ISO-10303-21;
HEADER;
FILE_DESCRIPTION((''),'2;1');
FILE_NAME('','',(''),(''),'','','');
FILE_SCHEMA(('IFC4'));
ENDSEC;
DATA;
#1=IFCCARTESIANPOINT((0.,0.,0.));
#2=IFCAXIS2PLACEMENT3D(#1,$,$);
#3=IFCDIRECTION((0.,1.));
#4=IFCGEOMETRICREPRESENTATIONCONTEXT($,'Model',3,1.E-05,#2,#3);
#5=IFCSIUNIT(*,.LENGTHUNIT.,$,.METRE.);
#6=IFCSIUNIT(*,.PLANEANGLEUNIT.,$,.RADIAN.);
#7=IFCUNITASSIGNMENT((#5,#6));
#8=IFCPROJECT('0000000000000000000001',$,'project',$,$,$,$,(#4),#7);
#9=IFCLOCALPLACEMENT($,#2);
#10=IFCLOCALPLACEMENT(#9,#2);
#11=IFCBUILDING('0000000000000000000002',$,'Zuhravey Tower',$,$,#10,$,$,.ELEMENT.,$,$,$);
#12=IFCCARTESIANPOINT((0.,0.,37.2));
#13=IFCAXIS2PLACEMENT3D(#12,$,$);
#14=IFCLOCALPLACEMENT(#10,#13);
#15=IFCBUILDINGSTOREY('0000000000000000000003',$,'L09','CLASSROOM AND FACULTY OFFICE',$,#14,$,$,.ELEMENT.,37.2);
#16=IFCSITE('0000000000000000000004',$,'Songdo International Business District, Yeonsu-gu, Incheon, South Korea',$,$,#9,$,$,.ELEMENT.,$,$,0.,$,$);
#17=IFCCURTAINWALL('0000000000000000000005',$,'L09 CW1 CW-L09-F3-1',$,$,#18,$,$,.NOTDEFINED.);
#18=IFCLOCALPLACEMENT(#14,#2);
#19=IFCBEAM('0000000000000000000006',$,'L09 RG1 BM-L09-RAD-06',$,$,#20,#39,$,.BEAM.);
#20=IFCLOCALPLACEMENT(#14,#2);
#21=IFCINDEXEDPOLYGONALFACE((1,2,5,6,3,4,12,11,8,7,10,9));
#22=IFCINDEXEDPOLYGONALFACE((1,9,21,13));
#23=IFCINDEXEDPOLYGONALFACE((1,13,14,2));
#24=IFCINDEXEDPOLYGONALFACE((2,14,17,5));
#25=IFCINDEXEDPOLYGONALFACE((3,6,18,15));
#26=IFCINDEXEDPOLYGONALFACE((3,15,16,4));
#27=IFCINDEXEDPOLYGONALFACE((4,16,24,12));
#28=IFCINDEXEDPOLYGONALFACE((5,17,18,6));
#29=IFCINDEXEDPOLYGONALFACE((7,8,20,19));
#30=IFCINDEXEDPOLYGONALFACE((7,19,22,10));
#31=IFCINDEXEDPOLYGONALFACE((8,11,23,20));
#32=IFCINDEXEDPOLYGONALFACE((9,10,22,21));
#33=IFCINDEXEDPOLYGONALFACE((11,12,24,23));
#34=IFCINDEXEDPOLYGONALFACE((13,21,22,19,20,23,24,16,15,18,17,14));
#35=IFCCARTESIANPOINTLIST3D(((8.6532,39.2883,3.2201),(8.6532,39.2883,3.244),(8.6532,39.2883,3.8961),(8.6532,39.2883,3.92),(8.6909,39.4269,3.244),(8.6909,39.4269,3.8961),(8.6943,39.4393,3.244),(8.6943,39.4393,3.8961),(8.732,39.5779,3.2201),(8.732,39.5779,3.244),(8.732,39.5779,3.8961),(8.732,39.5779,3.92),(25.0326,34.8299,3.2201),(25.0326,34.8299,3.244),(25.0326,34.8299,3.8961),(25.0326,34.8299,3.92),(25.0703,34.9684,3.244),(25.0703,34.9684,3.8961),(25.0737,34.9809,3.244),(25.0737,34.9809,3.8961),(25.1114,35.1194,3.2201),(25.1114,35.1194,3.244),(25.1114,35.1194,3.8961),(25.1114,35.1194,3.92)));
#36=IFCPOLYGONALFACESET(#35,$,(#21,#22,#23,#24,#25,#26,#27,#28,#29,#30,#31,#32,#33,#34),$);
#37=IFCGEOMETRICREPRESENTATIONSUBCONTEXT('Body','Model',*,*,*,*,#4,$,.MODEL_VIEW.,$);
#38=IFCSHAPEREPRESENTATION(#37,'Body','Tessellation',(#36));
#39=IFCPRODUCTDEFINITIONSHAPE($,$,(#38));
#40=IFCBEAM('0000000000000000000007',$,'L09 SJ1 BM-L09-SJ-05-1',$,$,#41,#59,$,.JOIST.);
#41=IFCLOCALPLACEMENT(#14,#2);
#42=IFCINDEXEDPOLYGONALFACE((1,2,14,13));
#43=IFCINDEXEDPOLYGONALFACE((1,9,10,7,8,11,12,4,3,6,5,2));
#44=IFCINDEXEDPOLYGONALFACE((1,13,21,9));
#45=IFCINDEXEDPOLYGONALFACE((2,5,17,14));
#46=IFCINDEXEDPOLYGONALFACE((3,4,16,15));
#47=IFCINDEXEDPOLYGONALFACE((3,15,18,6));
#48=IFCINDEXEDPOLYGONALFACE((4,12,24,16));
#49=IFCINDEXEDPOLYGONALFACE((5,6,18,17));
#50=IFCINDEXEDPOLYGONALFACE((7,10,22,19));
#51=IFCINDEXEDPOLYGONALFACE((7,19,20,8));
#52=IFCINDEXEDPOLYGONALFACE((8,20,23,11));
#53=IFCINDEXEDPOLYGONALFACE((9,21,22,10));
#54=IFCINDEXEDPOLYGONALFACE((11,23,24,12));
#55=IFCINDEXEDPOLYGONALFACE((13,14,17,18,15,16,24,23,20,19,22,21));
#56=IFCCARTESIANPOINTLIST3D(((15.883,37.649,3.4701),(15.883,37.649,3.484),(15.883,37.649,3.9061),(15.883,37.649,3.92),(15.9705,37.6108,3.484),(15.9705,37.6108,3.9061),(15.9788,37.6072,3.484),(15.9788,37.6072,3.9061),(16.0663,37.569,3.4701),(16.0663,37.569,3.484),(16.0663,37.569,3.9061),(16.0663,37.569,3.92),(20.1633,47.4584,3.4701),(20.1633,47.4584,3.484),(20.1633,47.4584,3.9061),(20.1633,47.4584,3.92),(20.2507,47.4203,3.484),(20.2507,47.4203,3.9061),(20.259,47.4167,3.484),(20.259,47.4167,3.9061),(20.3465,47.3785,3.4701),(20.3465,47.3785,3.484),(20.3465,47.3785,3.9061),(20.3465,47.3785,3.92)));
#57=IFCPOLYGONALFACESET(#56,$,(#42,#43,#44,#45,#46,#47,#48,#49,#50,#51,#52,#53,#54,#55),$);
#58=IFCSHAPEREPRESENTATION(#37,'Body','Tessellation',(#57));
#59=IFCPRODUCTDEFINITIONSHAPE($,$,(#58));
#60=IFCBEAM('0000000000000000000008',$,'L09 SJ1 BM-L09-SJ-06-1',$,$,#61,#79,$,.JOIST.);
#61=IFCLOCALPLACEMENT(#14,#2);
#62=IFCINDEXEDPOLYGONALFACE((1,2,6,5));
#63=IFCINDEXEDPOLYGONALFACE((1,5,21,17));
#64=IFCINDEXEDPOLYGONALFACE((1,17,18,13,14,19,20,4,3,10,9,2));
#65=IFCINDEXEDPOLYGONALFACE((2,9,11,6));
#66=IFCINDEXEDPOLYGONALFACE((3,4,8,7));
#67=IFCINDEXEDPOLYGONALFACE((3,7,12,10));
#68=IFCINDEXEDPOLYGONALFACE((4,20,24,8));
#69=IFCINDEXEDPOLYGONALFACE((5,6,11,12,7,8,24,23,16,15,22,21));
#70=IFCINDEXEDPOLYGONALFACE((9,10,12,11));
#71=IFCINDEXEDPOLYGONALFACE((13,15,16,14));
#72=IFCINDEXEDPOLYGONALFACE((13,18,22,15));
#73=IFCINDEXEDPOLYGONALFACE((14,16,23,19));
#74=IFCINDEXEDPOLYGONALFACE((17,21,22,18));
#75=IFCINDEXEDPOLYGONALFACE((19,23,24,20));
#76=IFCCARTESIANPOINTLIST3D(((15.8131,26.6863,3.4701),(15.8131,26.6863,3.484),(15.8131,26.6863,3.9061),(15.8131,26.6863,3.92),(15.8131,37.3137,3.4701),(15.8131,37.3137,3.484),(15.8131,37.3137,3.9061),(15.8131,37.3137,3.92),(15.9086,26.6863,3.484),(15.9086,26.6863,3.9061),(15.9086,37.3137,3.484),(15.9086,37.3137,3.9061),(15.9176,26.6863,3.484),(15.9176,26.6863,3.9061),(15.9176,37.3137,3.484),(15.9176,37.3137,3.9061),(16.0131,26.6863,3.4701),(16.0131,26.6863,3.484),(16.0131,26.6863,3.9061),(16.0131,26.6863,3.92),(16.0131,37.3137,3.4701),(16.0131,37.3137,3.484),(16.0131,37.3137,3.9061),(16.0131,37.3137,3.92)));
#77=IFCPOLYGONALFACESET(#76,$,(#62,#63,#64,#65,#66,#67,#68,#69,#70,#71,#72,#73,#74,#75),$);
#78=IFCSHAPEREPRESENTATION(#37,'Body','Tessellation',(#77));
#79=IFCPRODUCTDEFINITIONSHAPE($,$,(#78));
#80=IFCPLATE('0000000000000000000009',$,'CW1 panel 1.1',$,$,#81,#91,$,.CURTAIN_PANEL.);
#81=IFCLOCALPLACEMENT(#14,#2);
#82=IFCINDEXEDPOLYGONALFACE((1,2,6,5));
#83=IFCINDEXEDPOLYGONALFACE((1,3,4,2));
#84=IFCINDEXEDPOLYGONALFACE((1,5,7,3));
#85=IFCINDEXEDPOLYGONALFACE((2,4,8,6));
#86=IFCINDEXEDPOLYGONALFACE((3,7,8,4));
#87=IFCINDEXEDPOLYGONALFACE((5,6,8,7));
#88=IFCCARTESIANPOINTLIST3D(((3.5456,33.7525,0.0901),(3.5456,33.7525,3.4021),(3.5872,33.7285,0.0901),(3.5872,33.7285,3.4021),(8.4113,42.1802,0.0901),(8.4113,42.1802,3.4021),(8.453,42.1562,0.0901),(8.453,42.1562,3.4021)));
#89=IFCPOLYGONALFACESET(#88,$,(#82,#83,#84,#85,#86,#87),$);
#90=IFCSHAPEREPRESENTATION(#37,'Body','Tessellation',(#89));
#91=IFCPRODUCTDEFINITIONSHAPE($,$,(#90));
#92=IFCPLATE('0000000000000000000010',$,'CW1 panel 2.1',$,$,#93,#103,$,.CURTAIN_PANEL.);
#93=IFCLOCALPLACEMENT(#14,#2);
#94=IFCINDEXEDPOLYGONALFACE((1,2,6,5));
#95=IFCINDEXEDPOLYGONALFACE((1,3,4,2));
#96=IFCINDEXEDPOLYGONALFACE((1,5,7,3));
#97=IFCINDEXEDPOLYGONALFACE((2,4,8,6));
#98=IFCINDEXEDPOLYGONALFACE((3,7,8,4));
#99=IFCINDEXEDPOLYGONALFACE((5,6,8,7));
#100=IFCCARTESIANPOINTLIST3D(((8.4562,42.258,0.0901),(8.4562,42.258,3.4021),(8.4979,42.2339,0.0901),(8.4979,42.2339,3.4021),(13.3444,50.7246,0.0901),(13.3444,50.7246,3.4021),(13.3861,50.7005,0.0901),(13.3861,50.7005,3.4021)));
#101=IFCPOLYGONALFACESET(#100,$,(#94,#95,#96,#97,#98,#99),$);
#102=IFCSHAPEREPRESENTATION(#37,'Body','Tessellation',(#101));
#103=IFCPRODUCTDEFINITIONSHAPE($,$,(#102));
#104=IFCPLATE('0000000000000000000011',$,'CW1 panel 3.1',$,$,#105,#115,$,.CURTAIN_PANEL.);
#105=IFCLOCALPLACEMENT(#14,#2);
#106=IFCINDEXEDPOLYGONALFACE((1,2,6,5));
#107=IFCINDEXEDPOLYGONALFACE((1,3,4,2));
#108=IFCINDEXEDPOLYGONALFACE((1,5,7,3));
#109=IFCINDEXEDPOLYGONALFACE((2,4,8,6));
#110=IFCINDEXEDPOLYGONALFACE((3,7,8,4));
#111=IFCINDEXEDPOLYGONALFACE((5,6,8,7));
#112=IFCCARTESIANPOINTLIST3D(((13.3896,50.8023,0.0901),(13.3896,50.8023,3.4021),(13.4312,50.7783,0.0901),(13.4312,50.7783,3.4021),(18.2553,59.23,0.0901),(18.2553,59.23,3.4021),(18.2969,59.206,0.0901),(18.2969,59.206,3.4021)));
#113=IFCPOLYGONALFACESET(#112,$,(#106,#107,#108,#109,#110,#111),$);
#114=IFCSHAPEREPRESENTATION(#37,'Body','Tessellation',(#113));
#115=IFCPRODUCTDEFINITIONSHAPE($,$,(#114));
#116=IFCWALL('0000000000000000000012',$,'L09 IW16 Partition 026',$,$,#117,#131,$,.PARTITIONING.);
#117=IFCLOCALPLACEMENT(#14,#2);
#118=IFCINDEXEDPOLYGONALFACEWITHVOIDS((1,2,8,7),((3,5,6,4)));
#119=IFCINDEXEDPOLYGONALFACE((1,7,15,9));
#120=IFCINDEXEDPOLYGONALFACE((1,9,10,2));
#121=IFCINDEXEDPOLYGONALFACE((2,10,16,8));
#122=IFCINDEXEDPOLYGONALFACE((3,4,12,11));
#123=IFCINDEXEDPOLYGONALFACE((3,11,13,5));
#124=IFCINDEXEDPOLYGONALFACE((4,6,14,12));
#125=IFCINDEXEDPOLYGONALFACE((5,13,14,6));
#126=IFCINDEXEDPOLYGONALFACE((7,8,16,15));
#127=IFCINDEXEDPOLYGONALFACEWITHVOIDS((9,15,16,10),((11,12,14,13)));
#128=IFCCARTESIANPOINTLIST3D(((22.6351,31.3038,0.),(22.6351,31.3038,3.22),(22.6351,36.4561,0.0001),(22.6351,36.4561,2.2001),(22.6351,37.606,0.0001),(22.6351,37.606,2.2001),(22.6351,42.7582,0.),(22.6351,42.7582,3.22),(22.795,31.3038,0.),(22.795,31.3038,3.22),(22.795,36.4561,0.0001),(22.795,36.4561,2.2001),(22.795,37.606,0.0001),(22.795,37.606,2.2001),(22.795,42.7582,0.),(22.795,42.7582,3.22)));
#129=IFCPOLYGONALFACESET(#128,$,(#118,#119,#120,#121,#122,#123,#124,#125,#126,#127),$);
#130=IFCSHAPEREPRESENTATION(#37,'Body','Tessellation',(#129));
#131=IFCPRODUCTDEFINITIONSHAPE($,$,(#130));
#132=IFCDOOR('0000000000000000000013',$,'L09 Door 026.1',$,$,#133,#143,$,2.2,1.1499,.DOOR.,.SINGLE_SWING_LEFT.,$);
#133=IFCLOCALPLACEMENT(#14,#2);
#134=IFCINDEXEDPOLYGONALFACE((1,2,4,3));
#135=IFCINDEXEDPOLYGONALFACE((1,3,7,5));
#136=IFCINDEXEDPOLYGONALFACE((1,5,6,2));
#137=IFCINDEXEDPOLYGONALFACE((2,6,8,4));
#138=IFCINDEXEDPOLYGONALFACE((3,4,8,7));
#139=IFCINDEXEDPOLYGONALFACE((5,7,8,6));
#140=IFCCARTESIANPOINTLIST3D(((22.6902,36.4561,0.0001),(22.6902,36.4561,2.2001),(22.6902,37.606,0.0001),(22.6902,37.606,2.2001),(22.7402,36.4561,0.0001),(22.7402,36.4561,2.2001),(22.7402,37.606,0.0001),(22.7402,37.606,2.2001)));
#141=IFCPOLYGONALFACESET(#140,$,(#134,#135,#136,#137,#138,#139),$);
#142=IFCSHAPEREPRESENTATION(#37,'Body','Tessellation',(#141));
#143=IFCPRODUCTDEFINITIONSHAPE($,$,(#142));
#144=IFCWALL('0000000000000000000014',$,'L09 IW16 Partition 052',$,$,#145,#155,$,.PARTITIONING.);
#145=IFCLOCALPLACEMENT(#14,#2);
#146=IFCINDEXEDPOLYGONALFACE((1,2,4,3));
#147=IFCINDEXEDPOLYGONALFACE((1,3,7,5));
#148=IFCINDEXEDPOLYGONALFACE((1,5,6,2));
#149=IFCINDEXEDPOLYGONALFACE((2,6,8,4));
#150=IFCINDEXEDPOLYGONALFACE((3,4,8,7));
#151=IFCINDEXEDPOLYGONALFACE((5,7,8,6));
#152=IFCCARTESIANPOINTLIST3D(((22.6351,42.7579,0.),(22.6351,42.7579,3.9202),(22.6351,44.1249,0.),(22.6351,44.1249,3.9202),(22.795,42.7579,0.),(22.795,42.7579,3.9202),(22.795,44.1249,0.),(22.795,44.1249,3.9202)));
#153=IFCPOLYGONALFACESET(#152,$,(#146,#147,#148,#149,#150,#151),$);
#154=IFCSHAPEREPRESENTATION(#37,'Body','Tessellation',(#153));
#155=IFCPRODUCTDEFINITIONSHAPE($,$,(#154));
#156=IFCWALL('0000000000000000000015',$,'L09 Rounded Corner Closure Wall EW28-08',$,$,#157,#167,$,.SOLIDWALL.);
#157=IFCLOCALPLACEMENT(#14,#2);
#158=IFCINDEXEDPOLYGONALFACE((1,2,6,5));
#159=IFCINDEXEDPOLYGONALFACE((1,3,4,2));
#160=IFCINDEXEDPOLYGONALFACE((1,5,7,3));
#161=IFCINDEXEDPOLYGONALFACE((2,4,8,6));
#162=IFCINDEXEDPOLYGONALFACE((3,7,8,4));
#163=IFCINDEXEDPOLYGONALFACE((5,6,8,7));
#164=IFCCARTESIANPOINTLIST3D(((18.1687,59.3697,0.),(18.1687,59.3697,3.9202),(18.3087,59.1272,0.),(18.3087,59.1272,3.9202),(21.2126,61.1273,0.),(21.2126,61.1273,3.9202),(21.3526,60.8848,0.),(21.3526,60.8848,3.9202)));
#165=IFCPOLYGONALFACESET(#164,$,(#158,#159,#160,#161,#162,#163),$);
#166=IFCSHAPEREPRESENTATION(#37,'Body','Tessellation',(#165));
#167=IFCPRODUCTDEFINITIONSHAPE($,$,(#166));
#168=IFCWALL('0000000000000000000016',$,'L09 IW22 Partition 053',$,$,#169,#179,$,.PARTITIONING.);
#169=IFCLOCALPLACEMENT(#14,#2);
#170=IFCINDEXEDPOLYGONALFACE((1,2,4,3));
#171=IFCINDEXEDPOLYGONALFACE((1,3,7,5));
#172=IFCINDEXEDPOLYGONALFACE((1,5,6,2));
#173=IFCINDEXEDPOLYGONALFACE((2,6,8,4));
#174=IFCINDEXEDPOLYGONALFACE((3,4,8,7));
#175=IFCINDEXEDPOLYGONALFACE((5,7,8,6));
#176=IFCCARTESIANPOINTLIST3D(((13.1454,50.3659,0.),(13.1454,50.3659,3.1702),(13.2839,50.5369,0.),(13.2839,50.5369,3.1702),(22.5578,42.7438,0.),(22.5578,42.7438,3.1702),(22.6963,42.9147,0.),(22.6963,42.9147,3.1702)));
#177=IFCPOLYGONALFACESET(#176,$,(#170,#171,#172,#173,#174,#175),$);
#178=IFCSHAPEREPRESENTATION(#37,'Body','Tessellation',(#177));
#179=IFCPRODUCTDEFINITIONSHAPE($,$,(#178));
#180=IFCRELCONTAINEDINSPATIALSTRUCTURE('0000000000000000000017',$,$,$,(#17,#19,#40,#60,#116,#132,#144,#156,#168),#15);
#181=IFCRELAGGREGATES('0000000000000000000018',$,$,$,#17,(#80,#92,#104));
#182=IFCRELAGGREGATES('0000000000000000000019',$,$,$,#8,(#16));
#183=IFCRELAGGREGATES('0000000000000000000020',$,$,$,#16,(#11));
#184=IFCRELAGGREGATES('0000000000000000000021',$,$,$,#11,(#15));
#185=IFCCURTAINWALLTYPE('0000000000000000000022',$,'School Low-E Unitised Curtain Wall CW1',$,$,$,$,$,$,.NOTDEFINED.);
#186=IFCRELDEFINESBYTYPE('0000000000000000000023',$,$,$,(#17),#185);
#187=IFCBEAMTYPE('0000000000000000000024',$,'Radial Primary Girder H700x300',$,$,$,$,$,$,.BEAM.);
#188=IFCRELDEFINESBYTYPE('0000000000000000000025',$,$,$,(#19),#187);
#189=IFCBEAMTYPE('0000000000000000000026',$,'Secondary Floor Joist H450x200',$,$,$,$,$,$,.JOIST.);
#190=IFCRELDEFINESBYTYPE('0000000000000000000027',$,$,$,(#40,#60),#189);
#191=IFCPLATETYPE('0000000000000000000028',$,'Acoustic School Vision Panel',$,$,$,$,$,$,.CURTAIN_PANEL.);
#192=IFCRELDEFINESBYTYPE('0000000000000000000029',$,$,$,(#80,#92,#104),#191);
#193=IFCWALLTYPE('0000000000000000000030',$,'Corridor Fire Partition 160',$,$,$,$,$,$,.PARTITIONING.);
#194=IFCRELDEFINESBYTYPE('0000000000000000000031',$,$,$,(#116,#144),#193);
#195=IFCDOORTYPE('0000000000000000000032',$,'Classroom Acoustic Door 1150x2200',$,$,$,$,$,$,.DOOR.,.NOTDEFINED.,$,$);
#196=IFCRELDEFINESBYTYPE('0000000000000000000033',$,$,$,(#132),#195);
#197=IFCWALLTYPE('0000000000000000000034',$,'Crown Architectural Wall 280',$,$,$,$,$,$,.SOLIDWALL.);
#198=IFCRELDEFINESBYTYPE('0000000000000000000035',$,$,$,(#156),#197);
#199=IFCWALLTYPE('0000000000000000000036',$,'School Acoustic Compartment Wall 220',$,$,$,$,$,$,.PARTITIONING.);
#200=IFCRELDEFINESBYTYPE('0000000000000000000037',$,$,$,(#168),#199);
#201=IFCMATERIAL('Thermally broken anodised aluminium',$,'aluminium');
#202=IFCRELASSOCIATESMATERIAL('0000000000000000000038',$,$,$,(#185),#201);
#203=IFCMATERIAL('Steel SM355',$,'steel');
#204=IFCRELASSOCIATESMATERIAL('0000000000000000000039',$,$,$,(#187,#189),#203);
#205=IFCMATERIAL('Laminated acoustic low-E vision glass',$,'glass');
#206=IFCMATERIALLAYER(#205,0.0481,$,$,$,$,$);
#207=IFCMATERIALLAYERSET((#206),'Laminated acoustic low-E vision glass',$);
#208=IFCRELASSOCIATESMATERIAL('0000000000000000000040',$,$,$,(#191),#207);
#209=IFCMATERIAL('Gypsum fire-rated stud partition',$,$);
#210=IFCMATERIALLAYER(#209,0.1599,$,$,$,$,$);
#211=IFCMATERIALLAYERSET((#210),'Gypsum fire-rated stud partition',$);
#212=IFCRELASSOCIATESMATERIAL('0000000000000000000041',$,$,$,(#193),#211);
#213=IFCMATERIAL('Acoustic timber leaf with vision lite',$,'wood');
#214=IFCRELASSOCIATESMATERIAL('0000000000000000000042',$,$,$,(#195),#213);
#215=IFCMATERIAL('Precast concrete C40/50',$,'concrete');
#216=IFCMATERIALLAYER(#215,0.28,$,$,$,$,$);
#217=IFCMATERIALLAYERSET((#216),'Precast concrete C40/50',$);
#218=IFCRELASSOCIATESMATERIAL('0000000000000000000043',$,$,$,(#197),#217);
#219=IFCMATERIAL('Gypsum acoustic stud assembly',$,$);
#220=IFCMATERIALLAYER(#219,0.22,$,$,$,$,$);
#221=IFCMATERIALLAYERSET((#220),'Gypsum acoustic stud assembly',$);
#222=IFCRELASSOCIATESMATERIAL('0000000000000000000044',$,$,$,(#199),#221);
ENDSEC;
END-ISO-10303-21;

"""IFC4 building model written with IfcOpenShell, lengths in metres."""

from ifc_helpers import new_model, si_unit, direction, frame, frame_2d, origin, origin_2d, place, context, subcontext, project, spatial, rectangle, i_section, extrude, material, layer, layer_set, material_profile, profile_set, type_object, element, fill, aggregate, save


model = new_model("IFC4")

# Units and contexts
model_context = context("Model", 3, precision=1e-05, world=origin(), true_north=direction((0.0, 1.0)))
body_context = subcontext(model_context, "Body", "Model", "MODEL_VIEW")
ifc_project = project(units=[si_unit("LENGTHUNIT", "METRE"), si_unit("PLANEANGLEUNIT", "RADIAN")], contexts=[model_context])

# Site, building, storey
site_placement = place(None, origin())
site = spatial("IfcSite", under=ifc_project, at=site_placement, Name="Songdo International Business District, Yeonsu-gu, Incheon, South Korea", CompositionType="ELEMENT", RefElevation=0.0)
building_placement = place(site_placement, origin())
building = spatial("IfcBuilding", under=site, at=building_placement, Name="Zuhravey Tower", CompositionType="ELEMENT")
storey_placement = place(building_placement, frame((0.0, 0.0, 37.2)))
storey = spatial("IfcBuildingStorey", under=building, at=storey_placement, Name="L09", Description="CLASSROOM AND FACULTY OFFICE", CompositionType="ELEMENT", Elevation=37.2)

# Curtain wall
ifc_material_1 = material(Name="Thermally broken anodised aluminium", Category="aluminium")
curtain_wall_type = type_object("IfcCurtainWallType", Name="School Low-E Unitised Curtain Wall CW1", PredefinedType="NOTDEFINED", material=ifc_material_1)
curtain_wall_1_placement = place(storey_placement, origin())
curtain_wall_1 = element("IfcCurtainWall", 1, at=curtain_wall_1_placement, inside=storey, type_object=curtain_wall_type, Name="L09 CW1 CW-L09-F3-1", PredefinedType="NOTDEFINED")

# Beams
ifc_material_2 = material(Name="Steel SM355", Category="steel")
ifc_material_profile_1 = material_profile(ifc_material_2, i_section(OverallWidth=0.3, OverallDepth=0.7, WebThickness=0.0129, FlangeThickness=0.0239, at=origin_2d()), Name="H-700x300x13x24")
ifc_profile_set_1 = profile_set([ifc_material_profile_1], Name="Steel SM355")
beam_type_1 = type_object("IfcBeamType", Name="Radial Primary Girder H700x300", PredefinedType="BEAM", material=ifc_profile_set_1)
beam_1_placement = place(storey_placement, frame((25.072, 34.9746, 3.5701), z_axis=(-0.964892, 0.262645, 0.0), x_axis=(-0.262645, -0.964892, 0.0)))
element("IfcBeam", 2, at=beam_1_placement, inside=storey, type_object=beam_type_1, Name="L09 RG1 BM-L09-RAD-06", PredefinedType="BEAM", context=body_context, shape_type="SweptSolid", body=[
    extrude(i_section(OverallWidth=0.3, OverallDepth=0.7, WebThickness=0.0129, FlangeThickness=0.0239, at=origin_2d()), origin(), (0.0, 0.0, 1.0), 16.9753),
])
ifc_material_profile_2 = material_profile(ifc_material_2, i_section(OverallWidth=0.2, OverallDepth=0.45, WebThickness=0.009, FlangeThickness=0.0139, at=origin_2d()), Name="H-450x200x9x14")
ifc_profile_set_2 = profile_set([ifc_material_profile_2], Name="Steel SM355")
beam_type_2 = type_object("IfcBeamType", Name="Secondary Floor Joist H450x200", PredefinedType="JOIST", material=ifc_profile_set_2)
beam_2_placement = place(storey_placement, frame((20.2549, 47.4185, 3.6951), z_axis=(-0.399924, -0.916549, 0.0), x_axis=(0.916549, -0.399924, 0.0)))
element("IfcBeam", 3, at=beam_2_placement, inside=storey, type_object=beam_type_2, Name="L09 SJ1 BM-L09-SJ-05-1", PredefinedType="JOIST", context=body_context, shape_type="SweptSolid", body=[
    extrude(i_section(OverallWidth=0.2, OverallDepth=0.45, WebThickness=0.009, FlangeThickness=0.0139, at=origin_2d()), origin(), (0.0, 0.0, 1.0), 10.7026),
])
beam_3_placement = place(storey_placement, frame((15.9131, 37.3137, 3.6951), z_axis=(0.0, -1.0, 0.0), x_axis=(1.0, 0.0, 0.0)))
element("IfcBeam", 4, at=beam_3_placement, inside=storey, type_object=beam_type_2, Name="L09 SJ1 BM-L09-SJ-06-1", PredefinedType="JOIST", context=body_context, shape_type="SweptSolid", body=[
    extrude(i_section(OverallWidth=0.2, OverallDepth=0.45, WebThickness=0.009, FlangeThickness=0.0139, at=origin_2d()), origin(), (0.0, 0.0, 1.0), 10.6274),
])

# Plates
ifc_material_3 = material(Name="Laminated acoustic low-E vision glass", Category="glass")
ifc_layer_1 = layer(ifc_material_3, 0.0481)
ifc_layer_set_1 = layer_set([ifc_layer_1], Name="Laminated acoustic low-E vision glass")
plate_type = type_object("IfcPlateType", Name="Acoustic School Vision Panel", PredefinedType="CURTAIN_PANEL", material=ifc_layer_set_1)
plate_1_placement = place(storey_placement, frame((5.9993, 37.9543, 0.0901), z_axis=(0.0, 0.0, 1.0), x_axis=(0.5, 0.866026, 0.0)))
plate_1 = element("IfcPlate", 5, at=plate_1_placement, type_object=plate_type, Name="CW1 panel 1.1", PredefinedType="CURTAIN_PANEL", context=body_context, shape_type="SweptSolid", body=[
    extrude(rectangle(XDim=9.7314, YDim=0.0481, at=origin_2d()), origin(), (0.0, 0.0, 1.0), 3.312),
])
plate_2_placement = place(storey_placement, frame((10.9211, 46.4792, 0.0901), z_axis=(0.0, 0.0, 1.0), x_axis=(0.5, 0.866026, 0.0)))
plate_2 = element("IfcPlate", 6, at=plate_2_placement, type_object=plate_type, Name="CW1 panel 2.1", PredefinedType="CURTAIN_PANEL", context=body_context, shape_type="SweptSolid", body=[
    extrude(rectangle(XDim=9.7764, YDim=0.0481, at=origin_2d()), origin(), (0.0, 0.0, 1.0), 3.312),
])
plate_3_placement = place(storey_placement, frame((15.8433, 55.0042, 0.0901), z_axis=(0.0, 0.0, 1.0), x_axis=(0.5, 0.866026, 0.0)))
plate_3 = element("IfcPlate", 7, at=plate_3_placement, type_object=plate_type, Name="CW1 panel 3.1", PredefinedType="CURTAIN_PANEL", context=body_context, shape_type="SweptSolid", body=[
    extrude(rectangle(XDim=9.7314, YDim=0.0481, at=origin_2d()), origin(), (0.0, 0.0, 1.0), 3.312),
])
aggregate(curtain_wall_1, [plate_1, plate_2, plate_3])

# Wall, opening, door
ifc_material_4 = material(Name="Gypsum fire-rated stud partition")
ifc_layer_2 = layer(ifc_material_4, 0.1599)
ifc_layer_set_2 = layer_set([ifc_layer_2], Name="Gypsum fire-rated stud partition")
wall_type_1 = type_object("IfcWallType", Name="Corridor Fire Partition 160", PredefinedType="PARTITIONING", material=ifc_layer_set_2)
wall_1_placement = place(storey_placement, frame((22.7151, 42.7581, 0.0), z_axis=(0.0, 0.0, 1.0), x_axis=(0.0, -1.0, 0.0)))
wall_1 = element("IfcWall", 8, at=wall_1_placement, inside=storey, type_object=wall_type_1, Name="L09 IW16 Partition 026", PredefinedType="PARTITIONING", context=body_context, shape_type="SweptSolid", body=[
    extrude(rectangle(XDim=11.4543, YDim=0.1599, at=frame_2d((5.7271, 0.0))), origin(), (0.0, 0.0, 1.0), 3.22),
])
opening_placement = place(wall_1_placement, frame((5.1521, 0.0, 0.0)))
opening = element("IfcOpeningElement", 9, at=opening_placement, cuts=wall_1, PredefinedType="OPENING", context=body_context, shape_type="SweptSolid", body=[
    extrude(rectangle(XDim=1.1499, YDim=2.2, at=frame_2d((0.575, 1.1001))), frame((0.0, 0.092, 0.0), z_axis=(0.0, -1.0, 0.0), x_axis=(1.0, 0.0, 0.0)), (0.0, 0.0, 1.0), 0.1838),
])
ifc_material_5 = material(Name="Acoustic timber leaf with vision lite", Category="wood")
door_type = type_object("IfcDoorType", Name="Classroom Acoustic Door 1150x2200", OperationType="NOTDEFINED", PredefinedType="DOOR", material=ifc_material_5)
door_placement = place(opening_placement, frame((1.1499, 0.0, 0.0), z_axis=(0.0, 0.0, 1.0), x_axis=(-1.0, 0.0, 0.0)))
door = element("IfcDoor", 10, at=door_placement, inside=storey, type_object=door_type, Name="L09 Door 026.1", OperationType="SINGLE_SWING_LEFT", OverallHeight=2.2, OverallWidth=1.1499, PredefinedType="DOOR", context=body_context, shape_type="SweptSolid", body=[
    extrude(rectangle(XDim=1.1499, YDim=2.2, at=frame_2d((0.575, 1.1001))), frame((0.0, 0.0249, 0.0), z_axis=(0.0, -1.0, 0.0), x_axis=(1.0, 0.0, 0.0)), (0.0, 0.0, 1.0), 0.05),
])
fill(opening, door)

# Walls
wall_2_placement = place(storey_placement, frame((22.7151, 44.125, 0.0), z_axis=(0.0, 0.0, 1.0), x_axis=(0.0, -1.0, 0.0)))
element("IfcWall", 11, at=wall_2_placement, inside=storey, type_object=wall_type_1, Name="L09 IW16 Partition 052", PredefinedType="PARTITIONING", context=body_context, shape_type="SweptSolid", body=[
    extrude(rectangle(XDim=1.3669, YDim=0.1599, at=frame_2d((0.6836, 0.0))), origin(), (0.0, 0.0, 1.0), 3.9202),
])
ifc_material_6 = material(Name="Precast concrete C40/50", Category="concrete")
ifc_layer_3 = layer(ifc_material_6, 0.28)
ifc_layer_set_3 = layer_set([ifc_layer_3], Name="Precast concrete C40/50")
wall_type_2 = type_object("IfcWallType", Name="Crown Architectural Wall 280", PredefinedType="SOLIDWALL", material=ifc_layer_set_3)
wall_3_placement = place(storey_placement, frame((18.2388, 59.2485, 0.0), z_axis=(0.0, 0.0, 1.0), x_axis=(0.866007, 0.500031, 0.0)))
element("IfcWall", 12, at=wall_3_placement, inside=storey, type_object=wall_type_2, Name="L09 Rounded Corner Closure Wall EW28-08", PredefinedType="SOLIDWALL", context=body_context, shape_type="SweptSolid", body=[
    extrude(rectangle(XDim=3.5149, YDim=0.28, at=frame_2d((1.7573, 0.0))), origin(), (0.0, 0.0, 1.0), 3.9202),
])
ifc_material_7 = material(Name="Gypsum acoustic stud assembly")
ifc_layer_4 = layer(ifc_material_7, 0.22)
ifc_layer_set_4 = layer_set([ifc_layer_4], Name="Gypsum acoustic stud assembly")
wall_type_3 = type_object("IfcWallType", Name="School Acoustic Compartment Wall 220", PredefinedType="PARTITIONING", material=ifc_layer_set_4)
wall_4_placement = place(storey_placement, frame((22.627, 42.8293, 0.0), z_axis=(0.0, 0.0, 1.0), x_axis=(-0.777142, 0.629325, 0.0)))
element("IfcWall", 13, at=wall_4_placement, inside=storey, type_object=wall_type_3, Name="L09 IW22 Partition 053", PredefinedType="PARTITIONING", context=body_context, shape_type="SweptSolid", body=[
    extrude(rectangle(XDim=12.1116, YDim=0.22, at=frame_2d((6.0557, 0.0))), origin(), (0.0, 0.0, 1.0), 3.1702),
])

save(model, "model.ifc")
